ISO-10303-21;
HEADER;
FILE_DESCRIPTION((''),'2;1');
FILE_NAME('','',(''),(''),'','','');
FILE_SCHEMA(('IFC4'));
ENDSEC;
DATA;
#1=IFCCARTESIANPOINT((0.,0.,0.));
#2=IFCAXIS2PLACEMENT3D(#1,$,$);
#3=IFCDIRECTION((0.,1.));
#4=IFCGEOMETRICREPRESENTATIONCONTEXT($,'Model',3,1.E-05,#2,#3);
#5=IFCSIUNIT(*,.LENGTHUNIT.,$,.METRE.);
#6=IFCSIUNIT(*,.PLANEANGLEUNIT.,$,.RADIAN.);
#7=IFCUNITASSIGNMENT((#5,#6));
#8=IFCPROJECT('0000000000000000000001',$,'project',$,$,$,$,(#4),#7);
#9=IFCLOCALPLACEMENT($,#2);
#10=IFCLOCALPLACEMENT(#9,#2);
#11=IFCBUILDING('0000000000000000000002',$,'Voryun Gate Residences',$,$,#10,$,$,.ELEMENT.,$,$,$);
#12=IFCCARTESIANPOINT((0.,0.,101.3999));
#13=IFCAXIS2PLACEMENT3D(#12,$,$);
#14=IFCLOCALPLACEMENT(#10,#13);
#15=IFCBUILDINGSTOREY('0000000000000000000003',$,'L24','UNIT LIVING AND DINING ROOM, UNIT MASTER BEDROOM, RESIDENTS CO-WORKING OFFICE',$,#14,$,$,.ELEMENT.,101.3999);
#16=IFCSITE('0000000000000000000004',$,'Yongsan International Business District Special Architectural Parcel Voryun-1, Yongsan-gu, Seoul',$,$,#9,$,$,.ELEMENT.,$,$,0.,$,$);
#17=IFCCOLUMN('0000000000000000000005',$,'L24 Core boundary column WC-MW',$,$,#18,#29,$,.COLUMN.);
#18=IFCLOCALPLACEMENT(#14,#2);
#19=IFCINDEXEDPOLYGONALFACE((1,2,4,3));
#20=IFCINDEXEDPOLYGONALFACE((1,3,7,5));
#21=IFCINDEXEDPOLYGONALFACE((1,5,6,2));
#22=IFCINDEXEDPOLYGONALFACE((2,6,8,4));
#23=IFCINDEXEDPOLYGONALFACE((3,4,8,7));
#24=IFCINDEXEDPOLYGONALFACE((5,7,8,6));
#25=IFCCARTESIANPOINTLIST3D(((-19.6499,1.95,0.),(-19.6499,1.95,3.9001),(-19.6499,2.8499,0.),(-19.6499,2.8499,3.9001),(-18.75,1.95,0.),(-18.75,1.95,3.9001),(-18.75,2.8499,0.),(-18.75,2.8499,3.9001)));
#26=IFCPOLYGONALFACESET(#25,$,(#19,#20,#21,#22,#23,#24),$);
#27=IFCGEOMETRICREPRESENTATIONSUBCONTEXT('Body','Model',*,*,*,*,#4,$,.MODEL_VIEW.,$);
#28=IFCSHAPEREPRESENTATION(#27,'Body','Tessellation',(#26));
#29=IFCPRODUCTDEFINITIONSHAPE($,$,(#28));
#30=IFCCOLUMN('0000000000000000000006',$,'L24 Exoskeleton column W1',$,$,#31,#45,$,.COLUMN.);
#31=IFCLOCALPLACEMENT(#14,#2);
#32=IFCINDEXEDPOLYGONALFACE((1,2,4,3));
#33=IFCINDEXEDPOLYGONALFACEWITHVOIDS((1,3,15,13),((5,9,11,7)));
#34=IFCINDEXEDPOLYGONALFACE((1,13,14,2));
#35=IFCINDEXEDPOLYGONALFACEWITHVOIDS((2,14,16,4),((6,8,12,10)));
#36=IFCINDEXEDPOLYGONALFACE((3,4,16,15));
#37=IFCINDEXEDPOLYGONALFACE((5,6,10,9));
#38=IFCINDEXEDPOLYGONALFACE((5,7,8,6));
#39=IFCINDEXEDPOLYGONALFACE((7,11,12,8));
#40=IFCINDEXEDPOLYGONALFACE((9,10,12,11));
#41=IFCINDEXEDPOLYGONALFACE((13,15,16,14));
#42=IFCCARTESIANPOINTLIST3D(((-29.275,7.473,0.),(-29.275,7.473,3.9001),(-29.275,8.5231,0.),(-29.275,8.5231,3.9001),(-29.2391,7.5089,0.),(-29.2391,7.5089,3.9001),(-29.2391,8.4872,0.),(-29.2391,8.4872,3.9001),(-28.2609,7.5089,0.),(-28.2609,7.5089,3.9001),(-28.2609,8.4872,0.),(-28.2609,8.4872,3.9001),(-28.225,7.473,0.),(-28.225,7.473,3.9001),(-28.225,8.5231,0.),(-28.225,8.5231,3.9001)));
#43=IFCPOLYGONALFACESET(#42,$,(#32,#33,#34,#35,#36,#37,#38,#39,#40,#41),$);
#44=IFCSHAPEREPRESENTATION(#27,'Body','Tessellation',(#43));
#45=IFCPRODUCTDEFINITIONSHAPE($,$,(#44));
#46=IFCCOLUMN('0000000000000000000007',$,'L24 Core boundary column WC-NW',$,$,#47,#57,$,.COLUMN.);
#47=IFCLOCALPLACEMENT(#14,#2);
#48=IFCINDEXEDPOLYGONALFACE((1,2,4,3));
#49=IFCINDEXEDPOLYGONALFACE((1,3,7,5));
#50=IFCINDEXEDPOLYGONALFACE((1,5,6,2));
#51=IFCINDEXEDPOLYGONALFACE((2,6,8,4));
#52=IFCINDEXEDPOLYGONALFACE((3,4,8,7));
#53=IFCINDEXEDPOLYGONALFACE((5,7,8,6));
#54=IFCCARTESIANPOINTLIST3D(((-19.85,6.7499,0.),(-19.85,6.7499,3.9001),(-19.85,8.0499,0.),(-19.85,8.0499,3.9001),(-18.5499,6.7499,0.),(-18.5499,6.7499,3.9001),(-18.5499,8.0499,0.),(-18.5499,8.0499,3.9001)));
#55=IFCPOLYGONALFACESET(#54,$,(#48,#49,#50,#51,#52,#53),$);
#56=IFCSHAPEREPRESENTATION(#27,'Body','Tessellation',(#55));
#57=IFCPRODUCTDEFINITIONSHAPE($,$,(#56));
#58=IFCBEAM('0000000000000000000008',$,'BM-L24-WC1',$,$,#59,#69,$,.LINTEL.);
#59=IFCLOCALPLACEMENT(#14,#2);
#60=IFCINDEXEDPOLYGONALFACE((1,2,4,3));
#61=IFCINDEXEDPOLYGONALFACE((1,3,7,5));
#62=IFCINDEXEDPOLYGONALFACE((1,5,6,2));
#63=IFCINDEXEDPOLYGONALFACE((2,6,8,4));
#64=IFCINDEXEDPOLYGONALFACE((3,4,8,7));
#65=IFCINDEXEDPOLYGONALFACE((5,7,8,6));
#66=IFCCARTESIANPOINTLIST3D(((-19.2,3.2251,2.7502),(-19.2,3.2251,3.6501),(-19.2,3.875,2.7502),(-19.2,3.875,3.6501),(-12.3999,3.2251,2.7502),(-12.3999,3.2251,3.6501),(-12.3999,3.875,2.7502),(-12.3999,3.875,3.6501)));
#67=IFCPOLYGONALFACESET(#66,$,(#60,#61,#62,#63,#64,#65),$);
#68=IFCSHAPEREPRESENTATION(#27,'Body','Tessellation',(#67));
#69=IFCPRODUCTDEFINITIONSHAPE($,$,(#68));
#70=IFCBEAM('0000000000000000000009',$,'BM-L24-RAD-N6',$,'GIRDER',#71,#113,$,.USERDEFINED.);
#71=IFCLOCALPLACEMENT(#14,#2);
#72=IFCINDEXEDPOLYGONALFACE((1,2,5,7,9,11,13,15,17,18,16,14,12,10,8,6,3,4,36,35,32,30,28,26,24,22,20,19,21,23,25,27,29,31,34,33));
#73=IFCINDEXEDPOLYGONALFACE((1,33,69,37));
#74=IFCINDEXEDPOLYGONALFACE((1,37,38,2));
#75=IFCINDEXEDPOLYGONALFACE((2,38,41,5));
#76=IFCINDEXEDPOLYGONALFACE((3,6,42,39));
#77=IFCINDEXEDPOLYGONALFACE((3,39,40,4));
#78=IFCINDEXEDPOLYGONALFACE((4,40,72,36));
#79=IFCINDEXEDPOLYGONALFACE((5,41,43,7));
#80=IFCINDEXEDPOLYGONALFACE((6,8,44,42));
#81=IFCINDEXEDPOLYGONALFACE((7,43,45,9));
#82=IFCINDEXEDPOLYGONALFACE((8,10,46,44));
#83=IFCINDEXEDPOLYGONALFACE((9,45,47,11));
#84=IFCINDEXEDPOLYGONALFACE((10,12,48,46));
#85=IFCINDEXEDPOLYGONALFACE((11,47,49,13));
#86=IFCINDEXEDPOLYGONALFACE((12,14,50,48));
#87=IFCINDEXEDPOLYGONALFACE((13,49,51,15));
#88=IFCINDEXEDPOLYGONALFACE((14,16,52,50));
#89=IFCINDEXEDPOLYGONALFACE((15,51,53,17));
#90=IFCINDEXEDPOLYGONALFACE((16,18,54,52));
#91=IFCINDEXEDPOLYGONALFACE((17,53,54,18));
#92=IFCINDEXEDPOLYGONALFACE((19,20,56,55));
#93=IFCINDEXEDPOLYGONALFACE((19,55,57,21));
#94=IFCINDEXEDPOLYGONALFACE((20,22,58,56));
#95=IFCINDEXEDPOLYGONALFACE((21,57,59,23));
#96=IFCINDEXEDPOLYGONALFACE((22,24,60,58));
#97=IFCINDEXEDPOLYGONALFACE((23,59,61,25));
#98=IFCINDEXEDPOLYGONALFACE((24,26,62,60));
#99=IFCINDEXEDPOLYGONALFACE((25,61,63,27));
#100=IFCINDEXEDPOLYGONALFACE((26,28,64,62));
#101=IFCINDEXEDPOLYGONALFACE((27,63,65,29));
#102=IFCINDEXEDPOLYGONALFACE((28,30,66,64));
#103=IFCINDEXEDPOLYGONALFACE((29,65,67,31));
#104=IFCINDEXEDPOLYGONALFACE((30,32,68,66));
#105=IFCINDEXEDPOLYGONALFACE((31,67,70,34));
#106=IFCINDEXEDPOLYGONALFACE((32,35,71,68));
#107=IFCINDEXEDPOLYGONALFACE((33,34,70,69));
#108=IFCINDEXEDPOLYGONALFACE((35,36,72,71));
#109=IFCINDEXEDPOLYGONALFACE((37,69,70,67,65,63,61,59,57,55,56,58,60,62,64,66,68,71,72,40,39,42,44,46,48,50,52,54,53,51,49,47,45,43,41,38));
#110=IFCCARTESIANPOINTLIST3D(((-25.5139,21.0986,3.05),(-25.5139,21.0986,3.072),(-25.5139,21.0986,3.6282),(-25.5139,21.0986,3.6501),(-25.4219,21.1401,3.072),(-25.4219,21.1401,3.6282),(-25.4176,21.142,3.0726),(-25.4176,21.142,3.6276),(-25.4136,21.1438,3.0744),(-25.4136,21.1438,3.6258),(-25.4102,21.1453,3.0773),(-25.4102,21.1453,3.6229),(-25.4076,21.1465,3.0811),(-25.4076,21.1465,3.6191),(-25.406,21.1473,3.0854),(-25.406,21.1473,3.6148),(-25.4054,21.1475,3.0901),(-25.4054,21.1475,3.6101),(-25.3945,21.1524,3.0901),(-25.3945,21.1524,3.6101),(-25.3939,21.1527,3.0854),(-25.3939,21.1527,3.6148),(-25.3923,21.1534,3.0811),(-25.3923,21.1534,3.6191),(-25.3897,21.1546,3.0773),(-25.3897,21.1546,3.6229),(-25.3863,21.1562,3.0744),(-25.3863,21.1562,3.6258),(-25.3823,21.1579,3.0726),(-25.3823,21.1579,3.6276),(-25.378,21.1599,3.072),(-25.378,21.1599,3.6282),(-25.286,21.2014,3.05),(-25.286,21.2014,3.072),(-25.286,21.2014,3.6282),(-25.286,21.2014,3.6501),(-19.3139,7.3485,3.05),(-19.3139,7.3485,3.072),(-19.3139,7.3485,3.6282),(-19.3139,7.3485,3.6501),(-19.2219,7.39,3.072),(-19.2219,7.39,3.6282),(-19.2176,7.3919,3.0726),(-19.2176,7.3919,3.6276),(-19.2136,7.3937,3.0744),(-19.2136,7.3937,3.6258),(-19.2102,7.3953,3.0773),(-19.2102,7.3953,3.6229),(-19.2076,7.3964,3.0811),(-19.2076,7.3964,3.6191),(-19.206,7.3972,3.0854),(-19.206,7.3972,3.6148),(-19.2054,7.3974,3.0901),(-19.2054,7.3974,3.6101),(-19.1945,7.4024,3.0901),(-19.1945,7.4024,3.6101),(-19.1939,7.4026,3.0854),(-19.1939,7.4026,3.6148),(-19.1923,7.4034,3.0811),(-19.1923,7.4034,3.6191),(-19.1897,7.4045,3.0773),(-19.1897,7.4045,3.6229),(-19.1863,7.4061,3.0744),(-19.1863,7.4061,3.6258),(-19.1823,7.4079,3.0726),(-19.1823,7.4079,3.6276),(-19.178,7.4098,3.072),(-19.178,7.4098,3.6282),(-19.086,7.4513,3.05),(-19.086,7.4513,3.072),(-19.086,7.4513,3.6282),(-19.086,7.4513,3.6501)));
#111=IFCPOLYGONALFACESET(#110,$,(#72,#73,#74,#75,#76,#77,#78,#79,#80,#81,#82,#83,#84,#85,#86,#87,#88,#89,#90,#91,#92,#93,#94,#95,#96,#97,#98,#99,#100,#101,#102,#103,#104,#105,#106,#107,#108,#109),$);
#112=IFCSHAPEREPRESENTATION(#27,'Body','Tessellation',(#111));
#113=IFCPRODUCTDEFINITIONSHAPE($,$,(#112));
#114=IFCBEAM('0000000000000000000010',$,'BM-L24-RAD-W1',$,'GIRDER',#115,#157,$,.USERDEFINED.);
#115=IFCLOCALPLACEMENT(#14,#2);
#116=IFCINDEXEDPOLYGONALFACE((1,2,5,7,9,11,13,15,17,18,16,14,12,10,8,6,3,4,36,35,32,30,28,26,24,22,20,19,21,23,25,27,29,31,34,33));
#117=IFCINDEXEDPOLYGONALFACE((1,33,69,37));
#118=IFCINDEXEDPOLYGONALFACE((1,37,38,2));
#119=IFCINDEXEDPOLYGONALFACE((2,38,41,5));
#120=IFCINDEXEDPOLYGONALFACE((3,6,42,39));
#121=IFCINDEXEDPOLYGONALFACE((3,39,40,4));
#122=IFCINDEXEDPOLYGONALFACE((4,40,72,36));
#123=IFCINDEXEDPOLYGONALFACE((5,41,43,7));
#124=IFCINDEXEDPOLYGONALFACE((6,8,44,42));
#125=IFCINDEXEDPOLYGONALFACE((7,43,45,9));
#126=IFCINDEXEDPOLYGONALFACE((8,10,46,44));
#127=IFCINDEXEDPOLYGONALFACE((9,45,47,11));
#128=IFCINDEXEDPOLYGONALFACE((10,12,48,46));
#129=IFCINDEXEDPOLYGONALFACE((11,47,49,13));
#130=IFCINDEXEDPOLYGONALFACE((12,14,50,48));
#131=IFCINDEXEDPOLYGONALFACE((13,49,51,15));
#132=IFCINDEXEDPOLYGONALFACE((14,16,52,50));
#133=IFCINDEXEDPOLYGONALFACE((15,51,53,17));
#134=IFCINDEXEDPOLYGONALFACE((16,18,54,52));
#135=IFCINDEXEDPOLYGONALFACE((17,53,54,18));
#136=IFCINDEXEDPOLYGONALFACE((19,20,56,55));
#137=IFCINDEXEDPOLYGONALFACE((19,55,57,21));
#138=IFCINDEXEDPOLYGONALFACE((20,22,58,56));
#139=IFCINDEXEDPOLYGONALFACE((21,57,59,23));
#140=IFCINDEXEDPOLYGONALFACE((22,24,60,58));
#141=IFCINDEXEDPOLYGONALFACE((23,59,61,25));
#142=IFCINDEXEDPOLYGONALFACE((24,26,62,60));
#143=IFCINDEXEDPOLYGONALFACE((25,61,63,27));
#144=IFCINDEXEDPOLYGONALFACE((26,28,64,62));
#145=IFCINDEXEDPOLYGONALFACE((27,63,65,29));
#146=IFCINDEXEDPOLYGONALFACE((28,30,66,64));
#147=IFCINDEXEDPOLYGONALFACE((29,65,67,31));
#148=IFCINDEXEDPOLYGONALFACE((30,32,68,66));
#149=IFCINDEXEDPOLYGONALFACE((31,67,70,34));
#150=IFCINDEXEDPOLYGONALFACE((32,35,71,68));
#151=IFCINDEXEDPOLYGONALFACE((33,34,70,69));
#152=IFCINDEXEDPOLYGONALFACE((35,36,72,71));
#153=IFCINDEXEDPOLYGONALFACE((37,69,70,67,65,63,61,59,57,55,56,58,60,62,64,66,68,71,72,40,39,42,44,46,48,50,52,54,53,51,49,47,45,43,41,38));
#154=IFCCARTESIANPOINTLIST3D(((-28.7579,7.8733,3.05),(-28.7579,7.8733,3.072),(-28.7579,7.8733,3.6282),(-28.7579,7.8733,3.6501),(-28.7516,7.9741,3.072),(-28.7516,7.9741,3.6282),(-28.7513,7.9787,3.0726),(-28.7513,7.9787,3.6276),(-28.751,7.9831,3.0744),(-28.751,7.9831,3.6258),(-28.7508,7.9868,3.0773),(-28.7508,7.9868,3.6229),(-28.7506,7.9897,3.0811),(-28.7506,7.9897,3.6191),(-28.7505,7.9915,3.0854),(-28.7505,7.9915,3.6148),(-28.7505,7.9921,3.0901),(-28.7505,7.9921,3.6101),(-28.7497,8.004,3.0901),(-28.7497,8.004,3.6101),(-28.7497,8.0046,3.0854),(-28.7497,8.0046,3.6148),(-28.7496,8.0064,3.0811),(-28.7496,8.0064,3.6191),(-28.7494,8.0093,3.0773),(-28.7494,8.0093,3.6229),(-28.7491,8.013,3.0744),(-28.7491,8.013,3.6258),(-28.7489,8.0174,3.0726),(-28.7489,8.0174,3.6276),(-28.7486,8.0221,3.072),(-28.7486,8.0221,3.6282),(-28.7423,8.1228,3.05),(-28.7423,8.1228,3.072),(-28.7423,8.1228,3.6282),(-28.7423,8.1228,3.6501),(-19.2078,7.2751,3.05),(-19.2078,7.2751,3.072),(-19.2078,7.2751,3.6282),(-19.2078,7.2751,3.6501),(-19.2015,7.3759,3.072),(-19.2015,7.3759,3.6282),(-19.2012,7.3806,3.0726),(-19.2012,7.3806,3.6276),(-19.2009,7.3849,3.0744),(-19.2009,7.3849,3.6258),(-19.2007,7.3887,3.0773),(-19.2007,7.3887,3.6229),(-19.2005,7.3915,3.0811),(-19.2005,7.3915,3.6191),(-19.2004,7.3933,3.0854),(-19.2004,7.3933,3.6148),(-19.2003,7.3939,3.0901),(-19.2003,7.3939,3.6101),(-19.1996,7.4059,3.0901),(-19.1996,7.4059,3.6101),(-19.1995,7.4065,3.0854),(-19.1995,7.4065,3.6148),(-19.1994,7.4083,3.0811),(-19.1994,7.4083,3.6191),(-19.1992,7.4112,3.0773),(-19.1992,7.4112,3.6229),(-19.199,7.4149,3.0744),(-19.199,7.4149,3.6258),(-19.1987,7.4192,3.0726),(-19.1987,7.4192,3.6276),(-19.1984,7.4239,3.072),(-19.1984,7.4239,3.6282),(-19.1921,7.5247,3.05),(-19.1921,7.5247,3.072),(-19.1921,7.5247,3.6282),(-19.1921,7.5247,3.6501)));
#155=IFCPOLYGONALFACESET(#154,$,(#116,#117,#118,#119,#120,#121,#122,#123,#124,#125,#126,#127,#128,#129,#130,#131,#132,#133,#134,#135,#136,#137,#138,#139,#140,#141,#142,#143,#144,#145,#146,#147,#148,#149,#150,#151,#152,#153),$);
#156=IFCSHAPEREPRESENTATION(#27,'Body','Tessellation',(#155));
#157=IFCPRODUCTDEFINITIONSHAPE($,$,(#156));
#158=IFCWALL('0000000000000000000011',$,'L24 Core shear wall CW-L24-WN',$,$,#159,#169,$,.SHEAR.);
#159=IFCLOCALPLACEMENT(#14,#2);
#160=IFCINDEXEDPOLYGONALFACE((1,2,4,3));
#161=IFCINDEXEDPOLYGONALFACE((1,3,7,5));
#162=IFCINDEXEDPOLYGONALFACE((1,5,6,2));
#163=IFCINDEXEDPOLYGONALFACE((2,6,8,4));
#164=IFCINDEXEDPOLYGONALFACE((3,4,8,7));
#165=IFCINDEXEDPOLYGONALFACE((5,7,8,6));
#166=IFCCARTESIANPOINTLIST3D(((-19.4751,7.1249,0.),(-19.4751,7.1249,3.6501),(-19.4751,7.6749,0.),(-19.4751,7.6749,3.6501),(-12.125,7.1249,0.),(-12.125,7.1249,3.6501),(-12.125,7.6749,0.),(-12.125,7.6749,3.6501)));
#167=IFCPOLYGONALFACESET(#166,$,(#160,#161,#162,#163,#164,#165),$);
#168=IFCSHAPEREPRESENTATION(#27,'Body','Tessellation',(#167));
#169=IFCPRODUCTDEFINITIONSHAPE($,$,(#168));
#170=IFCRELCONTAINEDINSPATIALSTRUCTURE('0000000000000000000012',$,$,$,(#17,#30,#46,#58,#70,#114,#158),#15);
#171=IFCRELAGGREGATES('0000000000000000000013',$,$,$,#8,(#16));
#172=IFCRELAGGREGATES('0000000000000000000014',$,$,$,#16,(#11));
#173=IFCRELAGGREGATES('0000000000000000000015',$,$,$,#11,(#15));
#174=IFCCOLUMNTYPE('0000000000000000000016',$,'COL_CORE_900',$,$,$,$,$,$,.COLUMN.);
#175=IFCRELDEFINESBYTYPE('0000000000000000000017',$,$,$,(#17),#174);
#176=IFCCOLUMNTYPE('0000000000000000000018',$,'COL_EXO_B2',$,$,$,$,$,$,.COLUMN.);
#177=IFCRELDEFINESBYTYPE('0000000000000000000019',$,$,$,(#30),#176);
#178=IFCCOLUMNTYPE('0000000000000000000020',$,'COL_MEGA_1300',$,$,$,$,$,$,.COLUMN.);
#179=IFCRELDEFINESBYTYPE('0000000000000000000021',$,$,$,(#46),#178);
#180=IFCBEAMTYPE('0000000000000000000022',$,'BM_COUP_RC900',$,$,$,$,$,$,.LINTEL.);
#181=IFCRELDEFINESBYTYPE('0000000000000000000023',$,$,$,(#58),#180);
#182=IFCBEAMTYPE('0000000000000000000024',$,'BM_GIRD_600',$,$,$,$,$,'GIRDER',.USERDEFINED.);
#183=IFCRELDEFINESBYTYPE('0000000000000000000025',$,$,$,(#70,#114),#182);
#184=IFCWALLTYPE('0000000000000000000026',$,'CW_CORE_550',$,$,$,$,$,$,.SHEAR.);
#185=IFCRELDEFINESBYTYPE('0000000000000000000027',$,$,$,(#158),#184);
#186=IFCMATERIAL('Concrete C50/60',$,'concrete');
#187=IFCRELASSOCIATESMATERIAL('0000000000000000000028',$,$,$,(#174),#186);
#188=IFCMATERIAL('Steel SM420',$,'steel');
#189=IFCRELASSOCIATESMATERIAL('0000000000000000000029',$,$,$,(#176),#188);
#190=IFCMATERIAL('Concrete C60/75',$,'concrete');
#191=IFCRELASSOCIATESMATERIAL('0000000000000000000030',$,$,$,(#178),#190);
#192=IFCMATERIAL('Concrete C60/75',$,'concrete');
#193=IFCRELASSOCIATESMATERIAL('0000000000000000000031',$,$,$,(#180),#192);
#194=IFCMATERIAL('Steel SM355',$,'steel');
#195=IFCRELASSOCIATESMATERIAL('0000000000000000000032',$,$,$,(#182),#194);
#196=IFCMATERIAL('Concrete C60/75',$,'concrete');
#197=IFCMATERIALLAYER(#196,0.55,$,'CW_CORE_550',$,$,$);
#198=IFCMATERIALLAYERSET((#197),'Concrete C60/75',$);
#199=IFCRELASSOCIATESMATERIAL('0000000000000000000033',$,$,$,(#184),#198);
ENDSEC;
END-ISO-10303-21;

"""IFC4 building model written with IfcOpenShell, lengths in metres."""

from ifc_helpers import new_model, si_unit, direction, frame, frame_2d, origin, origin_2d, place, context, subcontext, project, spatial, rectangle, hollow_rectangle, i_section, extrude, material, layer, layer_set, material_profile, profile_set, type_object, element, save


model = new_model("IFC4")

# Units and contexts
model_context = context("Model", 3, precision=1e-05, world=origin(), true_north=direction((0.0, 1.0)))
body_context = subcontext(model_context, "Body", "Model", "MODEL_VIEW")
ifc_project = project(units=[si_unit("LENGTHUNIT", "METRE"), si_unit("PLANEANGLEUNIT", "RADIAN")], contexts=[model_context])

# Site, building, storey
site_placement = place(None, origin())
site = spatial("IfcSite", under=ifc_project, at=site_placement, Name="Yongsan International Business District Special Architectural Parcel Voryun-1, Yongsan-gu, Seoul", CompositionType="ELEMENT", RefElevation=0.0)
building_placement = place(site_placement, origin())
building = spatial("IfcBuilding", under=site, at=building_placement, Name="Voryun Gate Residences", CompositionType="ELEMENT")
storey_placement = place(building_placement, frame((0.0, 0.0, 101.3999)))
storey = spatial("IfcBuildingStorey", under=building, at=storey_placement, Name="L24", Description="UNIT LIVING AND DINING ROOM, UNIT MASTER BEDROOM, RESIDENTS CO-WORKING OFFICE", CompositionType="ELEMENT", Elevation=101.3999)

# Columns
ifc_material_1 = material(Name="Concrete C50/60", Category="concrete")
ifc_material_profile_1 = material_profile(ifc_material_1, rectangle(XDim=0.8999, YDim=0.8999, at=origin_2d()), Name="RC-900x900")
ifc_profile_set_1 = profile_set([ifc_material_profile_1], Name="Concrete C50/60")
column_type_1 = type_object("IfcColumnType", Name="COL_CORE_900", PredefinedType="COLUMN", material=ifc_profile_set_1)
column_1_placement = place(storey_placement, frame((-19.2, 2.3999, 0.0), z_axis=(0.0, 0.0, 1.0), x_axis=(1.0, 0.0, 0.0)))
element("IfcColumn", 1, at=column_1_placement, inside=storey, type_object=column_type_1, Name="L24 Core boundary column WC-MW", PredefinedType="COLUMN", context=body_context, shape_type="SweptSolid", body=[
    extrude(rectangle(XDim=0.8999, YDim=0.8999, at=origin_2d()), origin(), (0.0, 0.0, 1.0), 3.9001),
])
ifc_material_2 = material(Name="Steel SM420", Category="steel")
ifc_material_profile_2 = material_profile(ifc_material_2, hollow_rectangle(XDim=1.05, YDim=1.05, WallThickness=0.0359, at=origin_2d()), Name="BOX-1050x1050x36")
ifc_profile_set_2 = profile_set([ifc_material_profile_2], Name="Steel SM420")
column_type_2 = type_object("IfcColumnType", Name="COL_EXO_B2", PredefinedType="COLUMN", material=ifc_profile_set_2)
column_2_placement = place(storey_placement, frame((-28.75, 7.998, 0.0), z_axis=(0.0, 0.0, 1.0), x_axis=(1.0, 0.0, 0.0)))
element("IfcColumn", 2, at=column_2_placement, inside=storey, type_object=column_type_2, Name="L24 Exoskeleton column W1", PredefinedType="COLUMN", context=body_context, shape_type="SweptSolid", body=[
    extrude(hollow_rectangle(XDim=1.05, YDim=1.05, WallThickness=0.0359, at=origin_2d()), origin(), (0.0, 0.0, 1.0), 3.9001),
])
ifc_material_3 = material(Name="Concrete C60/75", Category="concrete")
ifc_material_profile_3 = material_profile(ifc_material_3, rectangle(XDim=1.3, YDim=1.3, at=origin_2d()), Name="RC-1300x1300")
ifc_profile_set_3 = profile_set([ifc_material_profile_3], Name="Concrete C60/75")
column_type_3 = type_object("IfcColumnType", Name="COL_MEGA_1300", PredefinedType="COLUMN", material=ifc_profile_set_3)
column_3_placement = place(storey_placement, frame((-19.2, 7.3999, 0.0), z_axis=(0.0, 0.0, 1.0), x_axis=(1.0, 0.0, 0.0)))
element("IfcColumn", 3, at=column_3_placement, inside=storey, type_object=column_type_3, Name="L24 Core boundary column WC-NW", PredefinedType="COLUMN", context=body_context, shape_type="SweptSolid", body=[
    extrude(rectangle(XDim=1.3, YDim=1.3, at=origin_2d()), origin(), (0.0, 0.0, 1.0), 3.9001),
])

# Beams
ifc_material_4 = material(Name="Concrete C60/75", Category="concrete")
ifc_material_profile_4 = material_profile(ifc_material_4, rectangle(XDim=0.6499, YDim=0.8999, at=origin_2d()), Name="RC-650x900")
ifc_profile_set_4 = profile_set([ifc_material_profile_4], Name="Concrete C60/75")
beam_type_1 = type_object("IfcBeamType", Name="BM_COUP_RC900", PredefinedType="LINTEL", material=ifc_profile_set_4)
beam_1_placement = place(storey_placement, frame((-19.2, 3.55, 3.2002), z_axis=(1.0, 0.0, 0.0), x_axis=(0.0, 1.0, 0.0)))
element("IfcBeam", 4, at=beam_1_placement, inside=storey, type_object=beam_type_1, Name="BM-L24-WC1", PredefinedType="LINTEL", context=body_context, shape_type="SweptSolid", body=[
    extrude(rectangle(XDim=0.6499, YDim=0.8999, at=origin_2d()), origin(), (0.0, 0.0, 1.0), 6.8),
])
ifc_material_5 = material(Name="Steel SM355", Category="steel")
ifc_material_profile_5 = material_profile(ifc_material_5, i_section(OverallWidth=0.25, OverallDepth=0.6001, WebThickness=0.012, FlangeThickness=0.022, FilletRadius=0.0181, at=origin_2d()), Name="H-600x250x12x22")
ifc_profile_set_5 = profile_set([ifc_material_profile_5], Name="Steel SM355")
beam_type_2 = type_object("IfcBeamType", Name="BM_GIRD_600", ElementType="GIRDER", PredefinedType="USERDEFINED", material=ifc_profile_set_5)
beam_2_placement = place(storey_placement, frame((-19.2, 7.3999, 3.3501), z_axis=(-0.411051, 0.911612, 0.0), x_axis=(-0.911612, -0.411051, 0.0)))
element("IfcBeam", 5, at=beam_2_placement, inside=storey, type_object=beam_type_2, Name="BM-L24-RAD-N6", ObjectType="GIRDER", PredefinedType="USERDEFINED", context=body_context, shape_type="SweptSolid", body=[
    extrude(i_section(OverallWidth=0.25, OverallDepth=0.6001, WebThickness=0.012, FlangeThickness=0.022, FilletRadius=0.0181, at=origin_2d()), origin(), (0.0, 0.0, 1.0), 15.0833),
])
beam_3_placement = place(storey_placement, frame((-19.2, 7.3999, 3.3501), z_axis=(-0.998044, 0.06251, 0.0), x_axis=(-0.06251, -0.998044, 0.0)))
element("IfcBeam", 6, at=beam_3_placement, inside=storey, type_object=beam_type_2, Name="BM-L24-RAD-W1", ObjectType="GIRDER", PredefinedType="USERDEFINED", context=body_context, shape_type="SweptSolid", body=[
    extrude(i_section(OverallWidth=0.25, OverallDepth=0.6001, WebThickness=0.012, FlangeThickness=0.022, FilletRadius=0.0181, at=origin_2d()), origin(), (0.0, 0.0, 1.0), 9.5688),
])

# Wall
ifc_material_6 = material(Name="Concrete C60/75", Category="concrete")
ifc_layer_1 = layer(ifc_material_6, 0.55, Name="CW_CORE_550")
ifc_layer_set_1 = layer_set([ifc_layer_1], Name="Concrete C60/75")
wall_type_1 = type_object("IfcWallType", Name="CW_CORE_550", PredefinedType="SHEAR", material=ifc_layer_set_1)
wall_1_placement = place(storey_placement, frame((-19.4751, 7.3999, 0.0), z_axis=(0.0, 0.0, 1.0), x_axis=(1.0, 0.0, 0.0)))
element("IfcWall", 7, at=wall_1_placement, inside=storey, type_object=wall_type_1, Name="L24 Core shear wall CW-L24-WN", PredefinedType="SHEAR", context=body_context, shape_type="SweptSolid", body=[
    extrude(rectangle(XDim=7.3501, YDim=0.55, at=frame_2d((3.675, 0.0))), origin(), (0.0, 0.0, 1.0), 3.6501),
])

save(model, "model.ifc")
